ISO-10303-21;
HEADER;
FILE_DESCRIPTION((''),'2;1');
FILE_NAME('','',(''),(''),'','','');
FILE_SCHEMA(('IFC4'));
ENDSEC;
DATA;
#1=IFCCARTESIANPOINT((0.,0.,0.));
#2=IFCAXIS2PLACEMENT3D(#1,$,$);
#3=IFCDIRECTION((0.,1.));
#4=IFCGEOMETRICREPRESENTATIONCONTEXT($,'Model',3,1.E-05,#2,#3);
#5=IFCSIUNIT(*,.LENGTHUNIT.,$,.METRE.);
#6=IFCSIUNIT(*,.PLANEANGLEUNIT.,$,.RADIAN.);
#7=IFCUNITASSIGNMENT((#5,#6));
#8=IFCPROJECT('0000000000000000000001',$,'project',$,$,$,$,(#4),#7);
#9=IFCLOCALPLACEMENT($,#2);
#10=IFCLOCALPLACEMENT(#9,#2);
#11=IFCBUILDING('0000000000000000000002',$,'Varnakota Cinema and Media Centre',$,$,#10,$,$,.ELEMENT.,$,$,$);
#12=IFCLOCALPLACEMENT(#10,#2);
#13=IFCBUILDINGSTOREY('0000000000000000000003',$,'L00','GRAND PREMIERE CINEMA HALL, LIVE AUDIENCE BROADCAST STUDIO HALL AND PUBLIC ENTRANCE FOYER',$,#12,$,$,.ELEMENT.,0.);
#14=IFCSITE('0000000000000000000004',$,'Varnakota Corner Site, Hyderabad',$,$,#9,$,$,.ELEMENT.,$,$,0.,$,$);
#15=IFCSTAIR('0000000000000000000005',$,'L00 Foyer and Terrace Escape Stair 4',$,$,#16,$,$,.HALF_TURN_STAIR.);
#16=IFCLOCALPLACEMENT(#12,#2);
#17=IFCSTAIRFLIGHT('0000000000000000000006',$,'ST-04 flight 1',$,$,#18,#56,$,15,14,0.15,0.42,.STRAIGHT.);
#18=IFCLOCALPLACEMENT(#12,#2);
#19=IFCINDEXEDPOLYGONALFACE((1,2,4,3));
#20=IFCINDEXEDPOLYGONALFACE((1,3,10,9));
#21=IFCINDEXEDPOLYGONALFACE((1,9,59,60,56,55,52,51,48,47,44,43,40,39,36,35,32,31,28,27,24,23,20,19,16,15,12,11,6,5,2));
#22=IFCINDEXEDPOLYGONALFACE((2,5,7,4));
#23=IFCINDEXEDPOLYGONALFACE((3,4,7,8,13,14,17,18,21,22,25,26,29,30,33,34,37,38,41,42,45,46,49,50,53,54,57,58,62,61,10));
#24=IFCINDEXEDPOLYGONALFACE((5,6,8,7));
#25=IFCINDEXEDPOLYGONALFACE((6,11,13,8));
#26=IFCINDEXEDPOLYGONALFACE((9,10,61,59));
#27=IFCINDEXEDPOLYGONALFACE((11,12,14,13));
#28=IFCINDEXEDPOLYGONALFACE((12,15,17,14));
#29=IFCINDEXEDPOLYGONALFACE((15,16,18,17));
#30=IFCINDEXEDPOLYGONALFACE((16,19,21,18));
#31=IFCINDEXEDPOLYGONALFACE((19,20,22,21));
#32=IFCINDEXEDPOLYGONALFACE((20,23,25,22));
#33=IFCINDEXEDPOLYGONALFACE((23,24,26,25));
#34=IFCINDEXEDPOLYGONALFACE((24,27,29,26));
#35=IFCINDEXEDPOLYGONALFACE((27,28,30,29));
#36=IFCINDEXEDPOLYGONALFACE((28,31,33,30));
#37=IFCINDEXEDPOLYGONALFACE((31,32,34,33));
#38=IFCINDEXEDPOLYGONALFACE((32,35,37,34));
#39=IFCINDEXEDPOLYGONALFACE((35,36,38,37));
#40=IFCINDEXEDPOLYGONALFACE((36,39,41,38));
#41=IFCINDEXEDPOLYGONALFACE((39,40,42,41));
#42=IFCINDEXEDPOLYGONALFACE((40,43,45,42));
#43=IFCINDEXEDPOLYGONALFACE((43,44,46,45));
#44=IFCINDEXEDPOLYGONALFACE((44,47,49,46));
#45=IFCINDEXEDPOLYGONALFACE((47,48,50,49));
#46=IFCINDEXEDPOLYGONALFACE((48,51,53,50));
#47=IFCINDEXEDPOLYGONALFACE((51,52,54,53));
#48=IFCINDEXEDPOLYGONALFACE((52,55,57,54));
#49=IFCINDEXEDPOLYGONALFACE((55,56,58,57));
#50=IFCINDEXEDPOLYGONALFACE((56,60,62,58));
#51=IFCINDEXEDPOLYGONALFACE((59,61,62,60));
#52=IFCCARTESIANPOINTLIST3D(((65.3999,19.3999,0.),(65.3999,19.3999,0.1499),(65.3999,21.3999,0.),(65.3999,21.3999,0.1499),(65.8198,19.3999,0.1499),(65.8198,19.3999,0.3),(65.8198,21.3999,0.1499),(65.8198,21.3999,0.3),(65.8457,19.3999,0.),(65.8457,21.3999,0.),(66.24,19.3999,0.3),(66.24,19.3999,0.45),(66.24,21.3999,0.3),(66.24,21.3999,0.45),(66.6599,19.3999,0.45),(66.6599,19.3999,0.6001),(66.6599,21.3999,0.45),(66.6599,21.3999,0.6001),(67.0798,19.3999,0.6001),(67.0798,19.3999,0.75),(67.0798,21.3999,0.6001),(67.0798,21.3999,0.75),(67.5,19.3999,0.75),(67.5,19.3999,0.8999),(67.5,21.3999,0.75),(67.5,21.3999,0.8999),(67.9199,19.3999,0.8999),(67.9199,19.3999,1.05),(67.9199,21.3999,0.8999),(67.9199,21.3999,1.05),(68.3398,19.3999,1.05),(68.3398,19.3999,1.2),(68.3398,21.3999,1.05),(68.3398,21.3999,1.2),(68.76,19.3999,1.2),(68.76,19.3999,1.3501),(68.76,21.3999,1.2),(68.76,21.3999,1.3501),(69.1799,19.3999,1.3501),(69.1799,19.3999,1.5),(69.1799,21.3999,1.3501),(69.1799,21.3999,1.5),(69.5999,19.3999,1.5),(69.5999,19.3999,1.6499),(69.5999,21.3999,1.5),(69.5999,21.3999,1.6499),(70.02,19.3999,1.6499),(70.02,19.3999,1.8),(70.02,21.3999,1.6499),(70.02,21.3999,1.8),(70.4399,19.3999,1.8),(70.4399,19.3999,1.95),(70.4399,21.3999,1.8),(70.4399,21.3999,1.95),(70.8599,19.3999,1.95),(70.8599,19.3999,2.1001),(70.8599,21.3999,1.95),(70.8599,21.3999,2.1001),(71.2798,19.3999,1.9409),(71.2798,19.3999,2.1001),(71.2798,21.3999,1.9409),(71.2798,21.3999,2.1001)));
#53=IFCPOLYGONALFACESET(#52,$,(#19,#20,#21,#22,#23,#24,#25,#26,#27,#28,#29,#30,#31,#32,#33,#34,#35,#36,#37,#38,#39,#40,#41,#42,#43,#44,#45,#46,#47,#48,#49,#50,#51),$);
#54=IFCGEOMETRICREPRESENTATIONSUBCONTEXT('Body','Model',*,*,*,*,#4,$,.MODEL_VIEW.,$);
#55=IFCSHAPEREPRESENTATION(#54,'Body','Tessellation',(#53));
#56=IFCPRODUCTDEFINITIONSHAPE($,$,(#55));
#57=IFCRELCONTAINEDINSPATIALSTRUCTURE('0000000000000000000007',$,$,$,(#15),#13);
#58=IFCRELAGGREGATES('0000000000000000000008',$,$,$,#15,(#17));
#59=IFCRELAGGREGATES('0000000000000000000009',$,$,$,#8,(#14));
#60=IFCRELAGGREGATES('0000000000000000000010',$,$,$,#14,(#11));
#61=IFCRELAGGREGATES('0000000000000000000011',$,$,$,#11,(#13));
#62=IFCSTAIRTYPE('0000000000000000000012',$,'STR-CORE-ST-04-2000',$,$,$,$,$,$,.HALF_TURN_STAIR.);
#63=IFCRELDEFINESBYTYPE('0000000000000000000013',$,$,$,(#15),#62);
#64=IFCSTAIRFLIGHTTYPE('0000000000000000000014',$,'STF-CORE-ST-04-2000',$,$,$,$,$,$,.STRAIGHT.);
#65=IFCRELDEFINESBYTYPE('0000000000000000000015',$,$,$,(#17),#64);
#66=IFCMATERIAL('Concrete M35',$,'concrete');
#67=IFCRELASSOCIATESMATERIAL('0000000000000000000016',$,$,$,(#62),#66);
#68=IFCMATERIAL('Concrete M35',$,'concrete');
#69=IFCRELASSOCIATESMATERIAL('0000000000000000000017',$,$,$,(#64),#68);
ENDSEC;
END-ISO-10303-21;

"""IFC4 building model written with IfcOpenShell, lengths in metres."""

from ifc_helpers import new_model, si_unit, direction, frame, origin, place, context, subcontext, project, spatial, polyline, outline, extrude, material, type_object, element, aggregate, save


model = new_model("IFC4")

# Units and contexts
model_context = context("Model", 3, precision=1e-05, world=origin(), true_north=direction((0.0, 1.0)))
body_context = subcontext(model_context, "Body", "Model", "MODEL_VIEW")
ifc_project = project(units=[si_unit("LENGTHUNIT", "METRE"), si_unit("PLANEANGLEUNIT", "RADIAN")], contexts=[model_context])

# Site, building, storey
site_placement = place(None, origin())
site = spatial("IfcSite", under=ifc_project, at=site_placement, Name="Varnakota Corner Site, Hyderabad", CompositionType="ELEMENT", RefElevation=0.0)
building_placement = place(site_placement, origin())
building = spatial("IfcBuilding", under=site, at=building_placement, Name="Varnakota Cinema and Media Centre", CompositionType="ELEMENT")
storey_placement = place(building_placement, origin())
storey = spatial("IfcBuildingStorey", under=building, at=storey_placement, Name="L00", Description="GRAND PREMIERE CINEMA HALL, LIVE AUDIENCE BROADCAST STUDIO HALL AND PUBLIC ENTRANCE FOYER", CompositionType="ELEMENT", Elevation=0.0)

# Stair, stair flight
ifc_material_1 = material(Name="Concrete M35", Category="concrete")
stair_type = type_object("IfcStairType", Name="STR-CORE-ST-04-2000", PredefinedType="HALF_TURN_STAIR", material=ifc_material_1)
stair_placement = place(storey_placement, origin())
stair = element("IfcStair", 1, at=stair_placement, inside=storey, type_object=stair_type, Name="L00 Foyer and Terrace Escape Stair 4", PredefinedType="HALF_TURN_STAIR")
ifc_material_2 = material(Name="Concrete M35", Category="concrete")
stair_flight_type = type_object("IfcStairFlightType", Name="STF-CORE-ST-04-2000", PredefinedType="STRAIGHT", material=ifc_material_2)
stair_flight_placement = place(storey_placement, frame((65.3999, 20.3999, 0.0), z_axis=(0.0, 0.0, 1.0), x_axis=(1.0, 0.0, 0.0)))
stair_flight = element("IfcStairFlight", 2, at=stair_flight_placement, type_object=stair_flight_type, Name="ST-04 flight 1", NumberOfRisers=15, NumberOfTreads=14, PredefinedType="STRAIGHT", RiserHeight=0.15, TreadLength=0.42, context=body_context, shape_type="SweptSolid", body=[
    extrude(outline(polyline([(0.0, 0.0), (0.0, 0.1499), (0.4199, 0.1499), (0.4199, 0.3), (0.8401, 0.3), (0.8401, 0.45), (1.26, 0.45), (1.26, 0.6001), (1.6799, 0.6001), (1.6799, 0.75), (2.1001, 0.75), (2.1001, 0.8999), (2.52, 0.8999), (2.52, 1.05), (2.9399, 1.05), (2.9399, 1.2), (3.3601, 1.2), (3.3601, 1.3501), (3.78, 1.3501), (3.78, 1.5), (4.2, 1.5), (4.2, 1.6499), (4.6201, 1.6499), (4.6201, 1.8), (5.04, 1.8), (5.04, 1.95), (5.46, 1.95), (5.46, 2.1001), (5.8799, 2.1001), (5.8799, 2.25), (5.8799, 1.9409), (0.4458, 0.0), (0.0, 0.0)])), frame((0.0, 1.0, 0.0), z_axis=(0.0, -1.0, 0.0), x_axis=(1.0, 0.0, 0.0)), (0.0, 0.0, 1.0), 2.0),
])
aggregate(stair, [stair_flight])

save(model, "model.ifc")
